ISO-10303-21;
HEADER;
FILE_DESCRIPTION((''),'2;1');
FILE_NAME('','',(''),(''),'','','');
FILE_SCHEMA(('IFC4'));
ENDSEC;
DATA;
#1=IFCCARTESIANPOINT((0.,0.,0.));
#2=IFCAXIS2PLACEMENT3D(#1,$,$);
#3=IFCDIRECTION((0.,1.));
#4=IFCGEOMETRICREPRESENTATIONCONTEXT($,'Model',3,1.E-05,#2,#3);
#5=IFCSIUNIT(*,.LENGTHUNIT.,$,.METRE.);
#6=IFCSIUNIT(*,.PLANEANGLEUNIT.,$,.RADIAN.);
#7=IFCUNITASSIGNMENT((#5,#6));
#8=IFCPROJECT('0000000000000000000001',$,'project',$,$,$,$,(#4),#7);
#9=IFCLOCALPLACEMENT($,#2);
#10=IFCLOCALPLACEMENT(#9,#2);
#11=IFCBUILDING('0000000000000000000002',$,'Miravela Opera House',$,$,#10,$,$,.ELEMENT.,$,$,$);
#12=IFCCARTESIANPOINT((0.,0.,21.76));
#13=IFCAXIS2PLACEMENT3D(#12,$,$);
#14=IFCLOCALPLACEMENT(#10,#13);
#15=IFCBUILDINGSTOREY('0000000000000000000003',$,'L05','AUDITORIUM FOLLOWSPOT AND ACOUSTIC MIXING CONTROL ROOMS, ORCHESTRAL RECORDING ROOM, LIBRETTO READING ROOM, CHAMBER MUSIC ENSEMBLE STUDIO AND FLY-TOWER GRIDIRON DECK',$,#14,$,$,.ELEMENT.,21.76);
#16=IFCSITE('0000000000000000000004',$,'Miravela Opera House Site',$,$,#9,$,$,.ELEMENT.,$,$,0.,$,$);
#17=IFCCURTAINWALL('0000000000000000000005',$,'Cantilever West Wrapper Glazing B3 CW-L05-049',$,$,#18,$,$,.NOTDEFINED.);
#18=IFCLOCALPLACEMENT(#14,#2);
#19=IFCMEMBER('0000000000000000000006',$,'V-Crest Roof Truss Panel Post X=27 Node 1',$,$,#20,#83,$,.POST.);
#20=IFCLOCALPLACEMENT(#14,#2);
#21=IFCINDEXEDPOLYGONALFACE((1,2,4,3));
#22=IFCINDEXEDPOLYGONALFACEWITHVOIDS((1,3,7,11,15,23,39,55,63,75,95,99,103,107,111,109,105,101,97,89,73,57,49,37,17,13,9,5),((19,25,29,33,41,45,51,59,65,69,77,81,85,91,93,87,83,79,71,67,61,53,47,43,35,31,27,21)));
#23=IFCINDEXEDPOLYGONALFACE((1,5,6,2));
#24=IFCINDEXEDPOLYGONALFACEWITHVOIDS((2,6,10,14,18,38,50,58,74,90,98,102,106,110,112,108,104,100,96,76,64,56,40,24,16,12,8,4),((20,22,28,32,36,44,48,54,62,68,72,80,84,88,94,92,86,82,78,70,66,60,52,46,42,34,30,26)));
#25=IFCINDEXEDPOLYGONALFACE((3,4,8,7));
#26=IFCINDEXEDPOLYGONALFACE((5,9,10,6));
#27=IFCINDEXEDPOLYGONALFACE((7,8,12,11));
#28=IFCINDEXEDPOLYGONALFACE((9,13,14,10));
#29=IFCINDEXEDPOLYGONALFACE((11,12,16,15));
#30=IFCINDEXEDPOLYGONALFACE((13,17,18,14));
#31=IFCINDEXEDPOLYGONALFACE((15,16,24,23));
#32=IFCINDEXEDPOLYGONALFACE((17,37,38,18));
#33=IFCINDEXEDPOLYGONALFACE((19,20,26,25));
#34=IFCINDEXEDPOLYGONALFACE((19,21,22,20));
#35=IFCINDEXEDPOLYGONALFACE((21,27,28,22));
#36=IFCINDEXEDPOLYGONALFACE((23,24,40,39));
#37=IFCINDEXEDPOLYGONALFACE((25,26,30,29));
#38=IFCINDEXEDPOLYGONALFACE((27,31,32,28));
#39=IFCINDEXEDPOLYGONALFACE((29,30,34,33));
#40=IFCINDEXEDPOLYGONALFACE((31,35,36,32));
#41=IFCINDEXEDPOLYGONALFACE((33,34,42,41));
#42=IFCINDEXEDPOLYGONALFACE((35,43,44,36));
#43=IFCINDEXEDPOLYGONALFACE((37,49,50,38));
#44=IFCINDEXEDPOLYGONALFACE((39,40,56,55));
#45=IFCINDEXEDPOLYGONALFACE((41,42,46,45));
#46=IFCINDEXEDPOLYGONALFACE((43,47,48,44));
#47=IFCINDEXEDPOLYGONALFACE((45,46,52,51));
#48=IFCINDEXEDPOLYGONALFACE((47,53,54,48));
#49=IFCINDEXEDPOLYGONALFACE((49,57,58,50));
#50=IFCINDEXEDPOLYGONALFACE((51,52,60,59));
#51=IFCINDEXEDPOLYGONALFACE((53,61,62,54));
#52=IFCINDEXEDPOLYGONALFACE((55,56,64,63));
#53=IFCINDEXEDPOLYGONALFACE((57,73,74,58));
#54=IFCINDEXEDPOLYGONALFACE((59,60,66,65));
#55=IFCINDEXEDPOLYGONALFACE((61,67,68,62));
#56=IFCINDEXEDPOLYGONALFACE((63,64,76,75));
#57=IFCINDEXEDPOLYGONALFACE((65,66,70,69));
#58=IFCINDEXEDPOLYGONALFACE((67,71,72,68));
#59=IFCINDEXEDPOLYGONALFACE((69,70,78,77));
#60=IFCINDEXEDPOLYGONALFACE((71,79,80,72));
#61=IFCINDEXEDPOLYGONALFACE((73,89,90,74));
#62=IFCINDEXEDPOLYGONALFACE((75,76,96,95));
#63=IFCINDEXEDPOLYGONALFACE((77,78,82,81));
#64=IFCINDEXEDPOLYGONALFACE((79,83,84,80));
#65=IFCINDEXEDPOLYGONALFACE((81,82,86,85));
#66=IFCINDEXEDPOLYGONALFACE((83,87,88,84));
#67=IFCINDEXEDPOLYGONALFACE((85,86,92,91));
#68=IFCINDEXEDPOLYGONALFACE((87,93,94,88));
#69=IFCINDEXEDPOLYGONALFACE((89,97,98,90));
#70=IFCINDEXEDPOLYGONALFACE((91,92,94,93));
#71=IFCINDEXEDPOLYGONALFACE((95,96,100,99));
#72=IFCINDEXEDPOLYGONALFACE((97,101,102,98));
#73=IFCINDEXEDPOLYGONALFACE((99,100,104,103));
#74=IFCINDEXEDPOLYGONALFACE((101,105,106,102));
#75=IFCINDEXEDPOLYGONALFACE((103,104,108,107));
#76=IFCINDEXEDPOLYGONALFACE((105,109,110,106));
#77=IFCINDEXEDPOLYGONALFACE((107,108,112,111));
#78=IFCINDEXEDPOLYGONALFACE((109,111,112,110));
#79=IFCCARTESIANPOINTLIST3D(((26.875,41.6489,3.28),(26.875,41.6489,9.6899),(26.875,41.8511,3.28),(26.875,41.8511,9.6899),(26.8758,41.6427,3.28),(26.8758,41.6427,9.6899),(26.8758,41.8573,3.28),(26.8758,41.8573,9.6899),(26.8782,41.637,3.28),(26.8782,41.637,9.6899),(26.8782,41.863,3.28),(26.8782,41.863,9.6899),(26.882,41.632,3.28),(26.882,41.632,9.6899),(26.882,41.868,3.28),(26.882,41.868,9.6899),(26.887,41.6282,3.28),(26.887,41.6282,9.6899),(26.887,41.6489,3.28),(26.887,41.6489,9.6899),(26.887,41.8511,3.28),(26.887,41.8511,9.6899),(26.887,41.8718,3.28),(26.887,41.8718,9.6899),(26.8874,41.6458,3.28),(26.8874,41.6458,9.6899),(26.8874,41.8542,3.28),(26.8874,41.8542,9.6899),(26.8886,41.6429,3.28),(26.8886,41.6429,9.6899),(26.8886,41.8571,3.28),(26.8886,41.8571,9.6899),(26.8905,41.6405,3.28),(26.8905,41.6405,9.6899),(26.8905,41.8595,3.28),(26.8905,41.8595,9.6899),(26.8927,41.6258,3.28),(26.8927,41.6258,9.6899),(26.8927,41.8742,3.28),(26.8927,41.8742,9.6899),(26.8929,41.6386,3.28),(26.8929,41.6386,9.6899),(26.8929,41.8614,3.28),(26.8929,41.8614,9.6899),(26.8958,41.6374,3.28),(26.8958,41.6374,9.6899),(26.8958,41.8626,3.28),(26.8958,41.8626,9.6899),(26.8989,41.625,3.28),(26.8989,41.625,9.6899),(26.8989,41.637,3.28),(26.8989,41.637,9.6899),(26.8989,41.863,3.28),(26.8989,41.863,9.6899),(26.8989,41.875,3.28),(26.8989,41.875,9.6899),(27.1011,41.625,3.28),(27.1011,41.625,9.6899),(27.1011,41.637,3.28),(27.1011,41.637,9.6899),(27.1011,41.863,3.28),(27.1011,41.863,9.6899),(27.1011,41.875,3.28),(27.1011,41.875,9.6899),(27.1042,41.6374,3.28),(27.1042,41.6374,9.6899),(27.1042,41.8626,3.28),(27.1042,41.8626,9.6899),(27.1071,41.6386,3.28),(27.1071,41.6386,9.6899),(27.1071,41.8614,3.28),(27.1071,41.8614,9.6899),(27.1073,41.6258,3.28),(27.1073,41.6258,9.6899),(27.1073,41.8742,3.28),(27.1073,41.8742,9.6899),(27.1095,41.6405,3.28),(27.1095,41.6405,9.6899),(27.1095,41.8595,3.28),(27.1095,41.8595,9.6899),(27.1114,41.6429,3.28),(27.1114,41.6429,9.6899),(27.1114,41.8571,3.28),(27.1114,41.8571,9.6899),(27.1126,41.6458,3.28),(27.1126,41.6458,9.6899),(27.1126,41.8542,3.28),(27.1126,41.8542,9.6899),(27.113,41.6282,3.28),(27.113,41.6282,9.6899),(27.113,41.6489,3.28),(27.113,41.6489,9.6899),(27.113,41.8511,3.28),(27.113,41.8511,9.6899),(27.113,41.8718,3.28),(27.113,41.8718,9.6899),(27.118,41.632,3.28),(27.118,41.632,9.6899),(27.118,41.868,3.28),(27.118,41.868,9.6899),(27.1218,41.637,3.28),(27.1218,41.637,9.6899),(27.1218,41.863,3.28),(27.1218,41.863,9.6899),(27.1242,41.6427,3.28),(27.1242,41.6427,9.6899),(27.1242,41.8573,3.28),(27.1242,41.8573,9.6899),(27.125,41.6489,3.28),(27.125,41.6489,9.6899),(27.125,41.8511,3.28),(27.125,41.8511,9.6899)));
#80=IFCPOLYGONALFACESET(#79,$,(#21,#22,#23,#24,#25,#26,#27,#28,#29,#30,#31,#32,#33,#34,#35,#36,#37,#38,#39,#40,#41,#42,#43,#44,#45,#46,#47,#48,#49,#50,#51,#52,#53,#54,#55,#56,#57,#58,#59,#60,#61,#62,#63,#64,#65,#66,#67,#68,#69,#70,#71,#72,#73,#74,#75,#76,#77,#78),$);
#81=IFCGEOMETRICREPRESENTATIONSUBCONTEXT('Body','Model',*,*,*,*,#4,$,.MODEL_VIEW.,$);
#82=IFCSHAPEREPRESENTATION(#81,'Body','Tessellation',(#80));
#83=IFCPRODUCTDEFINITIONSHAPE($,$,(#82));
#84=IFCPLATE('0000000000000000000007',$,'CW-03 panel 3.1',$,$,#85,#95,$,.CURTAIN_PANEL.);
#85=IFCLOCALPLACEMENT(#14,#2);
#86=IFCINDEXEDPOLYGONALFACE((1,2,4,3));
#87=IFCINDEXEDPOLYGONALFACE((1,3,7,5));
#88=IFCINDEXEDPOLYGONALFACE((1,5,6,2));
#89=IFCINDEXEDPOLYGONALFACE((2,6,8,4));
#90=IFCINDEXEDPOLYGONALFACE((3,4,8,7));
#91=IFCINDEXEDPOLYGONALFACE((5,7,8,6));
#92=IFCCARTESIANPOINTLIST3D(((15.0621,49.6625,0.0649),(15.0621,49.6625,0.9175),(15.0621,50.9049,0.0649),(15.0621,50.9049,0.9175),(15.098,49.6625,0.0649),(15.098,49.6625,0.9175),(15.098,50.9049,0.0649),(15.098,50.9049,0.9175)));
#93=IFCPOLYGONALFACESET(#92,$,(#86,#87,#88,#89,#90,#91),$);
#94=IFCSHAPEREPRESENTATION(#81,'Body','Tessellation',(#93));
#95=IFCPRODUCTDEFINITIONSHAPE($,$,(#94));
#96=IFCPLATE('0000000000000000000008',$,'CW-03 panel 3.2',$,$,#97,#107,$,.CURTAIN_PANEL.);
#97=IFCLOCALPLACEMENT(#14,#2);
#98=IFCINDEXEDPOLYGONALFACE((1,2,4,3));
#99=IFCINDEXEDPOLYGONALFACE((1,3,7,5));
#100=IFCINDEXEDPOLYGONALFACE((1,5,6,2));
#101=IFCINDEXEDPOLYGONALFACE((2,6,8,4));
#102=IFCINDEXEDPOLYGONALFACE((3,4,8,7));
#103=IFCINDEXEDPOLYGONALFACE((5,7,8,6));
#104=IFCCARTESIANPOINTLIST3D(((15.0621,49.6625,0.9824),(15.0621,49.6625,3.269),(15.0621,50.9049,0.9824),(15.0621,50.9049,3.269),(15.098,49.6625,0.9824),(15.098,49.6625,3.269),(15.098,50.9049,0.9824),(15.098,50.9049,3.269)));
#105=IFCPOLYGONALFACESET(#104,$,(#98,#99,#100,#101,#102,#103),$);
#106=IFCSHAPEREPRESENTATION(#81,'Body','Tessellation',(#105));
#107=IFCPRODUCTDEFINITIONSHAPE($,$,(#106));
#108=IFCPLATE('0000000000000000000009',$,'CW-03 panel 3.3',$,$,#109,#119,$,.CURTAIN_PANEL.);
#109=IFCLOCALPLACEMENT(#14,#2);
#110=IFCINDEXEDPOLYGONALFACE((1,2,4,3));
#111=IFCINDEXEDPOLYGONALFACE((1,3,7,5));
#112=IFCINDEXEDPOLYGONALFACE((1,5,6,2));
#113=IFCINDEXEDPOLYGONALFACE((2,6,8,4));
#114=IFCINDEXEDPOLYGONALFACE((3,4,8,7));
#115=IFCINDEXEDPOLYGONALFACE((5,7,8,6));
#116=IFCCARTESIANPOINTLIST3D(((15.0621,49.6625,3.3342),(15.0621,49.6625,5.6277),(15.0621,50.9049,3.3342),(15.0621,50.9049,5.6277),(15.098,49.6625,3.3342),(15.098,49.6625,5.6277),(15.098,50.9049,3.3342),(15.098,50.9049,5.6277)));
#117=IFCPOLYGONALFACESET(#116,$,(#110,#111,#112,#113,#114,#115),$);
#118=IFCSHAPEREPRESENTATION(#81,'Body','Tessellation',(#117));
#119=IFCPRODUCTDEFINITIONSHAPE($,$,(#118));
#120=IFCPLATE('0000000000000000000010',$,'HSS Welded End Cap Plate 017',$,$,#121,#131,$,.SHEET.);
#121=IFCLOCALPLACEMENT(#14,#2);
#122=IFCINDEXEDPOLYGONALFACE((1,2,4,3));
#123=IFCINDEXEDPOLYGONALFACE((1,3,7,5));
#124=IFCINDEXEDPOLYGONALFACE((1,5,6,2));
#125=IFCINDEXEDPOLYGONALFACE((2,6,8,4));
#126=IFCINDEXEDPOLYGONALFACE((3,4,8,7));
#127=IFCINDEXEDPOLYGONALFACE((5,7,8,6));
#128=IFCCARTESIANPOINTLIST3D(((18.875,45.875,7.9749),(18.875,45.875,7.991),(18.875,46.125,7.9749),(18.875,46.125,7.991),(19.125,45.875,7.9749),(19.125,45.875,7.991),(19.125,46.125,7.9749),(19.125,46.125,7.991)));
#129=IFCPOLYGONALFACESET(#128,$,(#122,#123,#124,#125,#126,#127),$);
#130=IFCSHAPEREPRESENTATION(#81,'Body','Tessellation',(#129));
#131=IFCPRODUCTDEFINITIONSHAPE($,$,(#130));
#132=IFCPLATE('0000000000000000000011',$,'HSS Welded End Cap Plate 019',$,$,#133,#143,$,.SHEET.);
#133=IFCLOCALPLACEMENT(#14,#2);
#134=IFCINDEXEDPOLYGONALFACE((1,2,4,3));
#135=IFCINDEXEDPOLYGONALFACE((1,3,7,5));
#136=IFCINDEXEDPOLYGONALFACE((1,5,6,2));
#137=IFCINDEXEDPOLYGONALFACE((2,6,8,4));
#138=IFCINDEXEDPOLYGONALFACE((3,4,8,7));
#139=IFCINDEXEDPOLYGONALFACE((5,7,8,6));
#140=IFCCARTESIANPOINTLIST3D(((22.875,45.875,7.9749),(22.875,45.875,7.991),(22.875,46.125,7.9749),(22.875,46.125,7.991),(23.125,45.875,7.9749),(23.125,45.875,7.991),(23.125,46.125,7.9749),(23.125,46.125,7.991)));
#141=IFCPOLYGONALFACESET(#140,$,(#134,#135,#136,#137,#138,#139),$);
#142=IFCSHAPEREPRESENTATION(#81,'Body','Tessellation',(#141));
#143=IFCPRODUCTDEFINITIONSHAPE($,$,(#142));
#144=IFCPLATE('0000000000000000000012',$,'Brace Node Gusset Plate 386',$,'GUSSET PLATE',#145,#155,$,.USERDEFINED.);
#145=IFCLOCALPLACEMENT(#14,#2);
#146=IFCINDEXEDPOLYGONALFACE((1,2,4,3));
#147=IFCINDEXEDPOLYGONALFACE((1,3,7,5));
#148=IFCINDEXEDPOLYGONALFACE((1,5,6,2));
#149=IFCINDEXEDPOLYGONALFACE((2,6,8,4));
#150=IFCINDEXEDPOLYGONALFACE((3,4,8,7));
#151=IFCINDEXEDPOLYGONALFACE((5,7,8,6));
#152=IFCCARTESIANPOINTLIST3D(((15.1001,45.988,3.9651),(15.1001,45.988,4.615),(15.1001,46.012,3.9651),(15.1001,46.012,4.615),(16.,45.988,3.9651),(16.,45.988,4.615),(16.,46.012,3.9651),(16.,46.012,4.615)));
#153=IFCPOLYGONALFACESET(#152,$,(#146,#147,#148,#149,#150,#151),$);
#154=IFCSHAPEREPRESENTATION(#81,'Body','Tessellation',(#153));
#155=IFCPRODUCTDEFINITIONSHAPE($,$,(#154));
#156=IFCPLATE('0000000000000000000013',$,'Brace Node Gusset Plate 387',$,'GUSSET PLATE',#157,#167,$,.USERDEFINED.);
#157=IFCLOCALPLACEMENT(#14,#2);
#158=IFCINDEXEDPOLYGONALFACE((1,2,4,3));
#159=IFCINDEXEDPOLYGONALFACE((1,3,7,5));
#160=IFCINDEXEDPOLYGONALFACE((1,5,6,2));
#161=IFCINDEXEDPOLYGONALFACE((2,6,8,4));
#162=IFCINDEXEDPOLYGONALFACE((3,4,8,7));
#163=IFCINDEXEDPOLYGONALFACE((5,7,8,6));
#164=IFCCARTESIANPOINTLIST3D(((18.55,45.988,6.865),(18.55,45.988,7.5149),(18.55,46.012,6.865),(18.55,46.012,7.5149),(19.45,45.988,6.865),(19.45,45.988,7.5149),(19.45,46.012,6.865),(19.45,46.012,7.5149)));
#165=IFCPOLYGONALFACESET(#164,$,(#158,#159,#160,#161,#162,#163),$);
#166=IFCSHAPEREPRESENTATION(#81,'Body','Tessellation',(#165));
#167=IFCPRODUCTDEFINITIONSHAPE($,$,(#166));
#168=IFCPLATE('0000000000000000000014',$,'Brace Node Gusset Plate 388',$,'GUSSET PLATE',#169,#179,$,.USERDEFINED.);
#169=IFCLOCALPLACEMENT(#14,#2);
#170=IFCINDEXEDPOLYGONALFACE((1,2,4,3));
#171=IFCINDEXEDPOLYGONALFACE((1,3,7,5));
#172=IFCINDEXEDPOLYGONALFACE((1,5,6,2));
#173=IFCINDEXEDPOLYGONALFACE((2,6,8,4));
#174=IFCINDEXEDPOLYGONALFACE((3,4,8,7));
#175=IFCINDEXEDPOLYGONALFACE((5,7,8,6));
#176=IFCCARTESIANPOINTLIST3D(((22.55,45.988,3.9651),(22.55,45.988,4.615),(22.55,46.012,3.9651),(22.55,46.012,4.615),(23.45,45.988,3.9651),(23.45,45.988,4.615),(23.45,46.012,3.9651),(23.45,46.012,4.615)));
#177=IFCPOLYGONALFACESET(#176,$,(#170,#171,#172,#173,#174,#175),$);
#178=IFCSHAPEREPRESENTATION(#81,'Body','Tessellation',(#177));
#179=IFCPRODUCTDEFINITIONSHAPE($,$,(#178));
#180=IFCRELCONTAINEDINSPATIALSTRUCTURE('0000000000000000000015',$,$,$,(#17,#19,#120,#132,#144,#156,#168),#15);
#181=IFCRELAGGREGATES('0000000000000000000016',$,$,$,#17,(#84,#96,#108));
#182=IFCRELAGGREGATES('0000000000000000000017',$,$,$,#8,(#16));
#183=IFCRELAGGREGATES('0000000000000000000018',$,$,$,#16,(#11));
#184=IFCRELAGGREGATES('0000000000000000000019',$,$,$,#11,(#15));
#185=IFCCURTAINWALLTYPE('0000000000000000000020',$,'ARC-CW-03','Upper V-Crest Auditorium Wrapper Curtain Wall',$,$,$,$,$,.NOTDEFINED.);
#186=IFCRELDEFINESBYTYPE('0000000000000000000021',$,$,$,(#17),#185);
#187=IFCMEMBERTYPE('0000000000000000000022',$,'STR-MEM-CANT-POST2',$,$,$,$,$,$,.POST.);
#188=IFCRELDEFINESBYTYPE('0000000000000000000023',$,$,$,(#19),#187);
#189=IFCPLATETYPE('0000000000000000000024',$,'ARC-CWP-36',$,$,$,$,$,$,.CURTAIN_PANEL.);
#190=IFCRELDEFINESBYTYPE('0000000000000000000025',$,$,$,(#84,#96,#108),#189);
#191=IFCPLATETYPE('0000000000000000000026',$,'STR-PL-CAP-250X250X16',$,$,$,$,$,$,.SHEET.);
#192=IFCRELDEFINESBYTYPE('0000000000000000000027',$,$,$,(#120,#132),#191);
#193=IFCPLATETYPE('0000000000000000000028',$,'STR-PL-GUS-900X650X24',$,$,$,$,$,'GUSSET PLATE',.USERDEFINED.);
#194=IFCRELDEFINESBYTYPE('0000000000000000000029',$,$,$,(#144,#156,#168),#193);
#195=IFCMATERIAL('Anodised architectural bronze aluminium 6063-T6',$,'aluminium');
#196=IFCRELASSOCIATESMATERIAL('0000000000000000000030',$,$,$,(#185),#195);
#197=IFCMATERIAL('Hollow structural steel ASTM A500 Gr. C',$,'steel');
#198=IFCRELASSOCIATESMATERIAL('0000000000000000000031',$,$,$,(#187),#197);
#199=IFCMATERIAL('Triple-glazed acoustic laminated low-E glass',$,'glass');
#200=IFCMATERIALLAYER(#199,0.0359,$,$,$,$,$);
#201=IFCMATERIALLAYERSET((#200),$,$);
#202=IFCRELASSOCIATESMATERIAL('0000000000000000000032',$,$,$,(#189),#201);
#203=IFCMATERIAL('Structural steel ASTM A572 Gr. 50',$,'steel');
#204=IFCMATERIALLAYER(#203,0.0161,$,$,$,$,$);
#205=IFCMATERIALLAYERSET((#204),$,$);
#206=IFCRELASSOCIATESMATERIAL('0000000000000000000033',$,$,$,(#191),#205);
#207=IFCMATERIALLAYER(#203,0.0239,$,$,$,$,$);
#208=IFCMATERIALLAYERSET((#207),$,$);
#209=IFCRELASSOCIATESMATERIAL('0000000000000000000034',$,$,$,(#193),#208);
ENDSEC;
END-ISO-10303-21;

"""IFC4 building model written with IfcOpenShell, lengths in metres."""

from ifc_helpers import new_model, si_unit, direction, frame, origin, origin_2d, place, context, subcontext, project, spatial, rectangle, hollow_rectangle, extrude, material, layer, layer_set, material_profile, profile_set, type_object, element, aggregate, save


model = new_model("IFC4")

# Units and contexts
model_context = context("Model", 3, precision=1e-05, world=origin(), true_north=direction((0.0, 1.0)))
body_context = subcontext(model_context, "Body", "Model", "MODEL_VIEW")
ifc_project = project(units=[si_unit("LENGTHUNIT", "METRE"), si_unit("PLANEANGLEUNIT", "RADIAN")], contexts=[model_context])

# Site, building, storey
site_placement = place(None, origin())
site = spatial("IfcSite", under=ifc_project, at=site_placement, Name="Miravela Opera House Site", CompositionType="ELEMENT", RefElevation=0.0)
building_placement = place(site_placement, origin())
building = spatial("IfcBuilding", under=site, at=building_placement, Name="Miravela Opera House", CompositionType="ELEMENT")
storey_placement = place(building_placement, frame((0.0, 0.0, 21.76)))
storey = spatial("IfcBuildingStorey", under=building, at=storey_placement, Name="L05", Description="AUDITORIUM FOLLOWSPOT AND ACOUSTIC MIXING CONTROL ROOMS, ORCHESTRAL RECORDING ROOM, LIBRETTO READING ROOM, CHAMBER MUSIC ENSEMBLE STUDIO AND FLY-TOWER GRIDIRON DECK", CompositionType="ELEMENT", Elevation=21.76)

# Curtain wall
ifc_material_1 = material(Name="Anodised architectural bronze aluminium 6063-T6", Category="aluminium")
curtain_wall_type = type_object("IfcCurtainWallType", Name="ARC-CW-03", Description="Upper V-Crest Auditorium Wrapper Curtain Wall", PredefinedType="NOTDEFINED", material=ifc_material_1)
curtain_wall_1_placement = place(storey_placement, origin())
curtain_wall_1 = element("IfcCurtainWall", 1, at=curtain_wall_1_placement, inside=storey, type_object=curtain_wall_type, Name="Cantilever West Wrapper Glazing B3 CW-L05-049", PredefinedType="NOTDEFINED")

# Member
ifc_material_2 = material(Name="Hollow structural steel ASTM A500 Gr. C", Category="steel")
ifc_material_profile_1 = material_profile(ifc_material_2, hollow_rectangle(XDim=0.25, YDim=0.25, WallThickness=0.012, InnerFilletRadius=0.012, OuterFilletRadius=0.0239, at=origin_2d()), Name="HSS250X250X12")
ifc_profile_set_1 = profile_set([ifc_material_profile_1])
member_type_1 = type_object("IfcMemberType", Name="STR-MEM-CANT-POST2", PredefinedType="POST", material=ifc_profile_set_1)
member_1_placement = place(storey_placement, frame((27.0, 41.75, 3.28), z_axis=(0.0, 0.0, 1.0), x_axis=(1.0, 0.0, 0.0)))
element("IfcMember", 2, at=member_1_placement, inside=storey, type_object=member_type_1, Name="V-Crest Roof Truss Panel Post X=27 Node 1", PredefinedType="POST", context=body_context, shape_type="SweptSolid", body=[
    extrude(hollow_rectangle(XDim=0.25, YDim=0.25, WallThickness=0.012, InnerFilletRadius=0.012, OuterFilletRadius=0.0239, at=origin_2d()), origin(), (0.0, 0.0, 1.0), 6.4099),
])

# Plates
ifc_material_3 = material(Name="Triple-glazed acoustic laminated low-E glass", Category="glass")
ifc_layer_1 = layer(ifc_material_3, 0.0359)
ifc_layer_set_1 = layer_set([ifc_layer_1])
plate_type_1 = type_object("IfcPlateType", Name="ARC-CWP-36", PredefinedType="CURTAIN_PANEL", material=ifc_layer_set_1)
plate_1_placement = place(storey_placement, frame((15.0801, 50.2837, 0.0649), z_axis=(0.0, 0.0, 1.0), x_axis=(0.0, 1.0, 0.0)))
plate_1 = element("IfcPlate", 3, at=plate_1_placement, type_object=plate_type_1, Name="CW-03 panel 3.1", PredefinedType="CURTAIN_PANEL", context=body_context, shape_type="SweptSolid", body=[
    extrude(rectangle(XDim=1.2424, YDim=0.0359, at=origin_2d()), origin(), (0.0, 0.0, 1.0), 0.8525),
])
plate_2_placement = place(storey_placement, frame((15.0801, 50.2837, 0.9824), z_axis=(0.0, 0.0, 1.0), x_axis=(0.0, 1.0, 0.0)))
plate_2 = element("IfcPlate", 4, at=plate_2_placement, type_object=plate_type_1, Name="CW-03 panel 3.2", PredefinedType="CURTAIN_PANEL", context=body_context, shape_type="SweptSolid", body=[
    extrude(rectangle(XDim=1.2424, YDim=0.0359, at=origin_2d()), origin(), (0.0, 0.0, 1.0), 2.2866),
])
plate_3_placement = place(storey_placement, frame((15.0801, 50.2837, 3.3342), z_axis=(0.0, 0.0, 1.0), x_axis=(0.0, 1.0, 0.0)))
plate_3 = element("IfcPlate", 5, at=plate_3_placement, type_object=plate_type_1, Name="CW-03 panel 3.3", PredefinedType="CURTAIN_PANEL", context=body_context, shape_type="SweptSolid", body=[
    extrude(rectangle(XDim=1.2424, YDim=0.0359, at=origin_2d()), origin(), (0.0, 0.0, 1.0), 2.2935),
])
aggregate(curtain_wall_1, [plate_1, plate_2, plate_3])

# Plates
ifc_material_4 = material(Name="Structural steel ASTM A572 Gr. 50", Category="steel")
ifc_layer_2 = layer(ifc_material_4, 0.0161)
ifc_layer_set_2 = layer_set([ifc_layer_2])
plate_type_2 = type_object("IfcPlateType", Name="STR-PL-CAP-250X250X16", PredefinedType="SHEET", material=ifc_layer_set_2)
for number, where, z_axis, x_axis, name in (
    (6, (19.0, 46.0, 7.9749), (0.0, 0.0, 1.0), (1.0, 0.0, 0.0), "HSS Welded End Cap Plate 017"),
    (7, (23.0, 46.0, 7.9749), (0.0, 0.0, 1.0), (1.0, 0.0, 0.0), "HSS Welded End Cap Plate 019"),
):
    element("IfcPlate", number, at=place(storey_placement, frame(where, z_axis=z_axis, x_axis=x_axis)), inside=storey, type_object=plate_type_2, Name=name, PredefinedType="SHEET", context=body_context, shape_type="SweptSolid", body=[
        extrude(rectangle(XDim=0.25, YDim=0.25, at=origin_2d()), origin(), (0.0, 0.0, 1.0), 0.0161),
    ])
ifc_layer_3 = layer(ifc_material_4, 0.0239)
ifc_layer_set_3 = layer_set([ifc_layer_3])
plate_type_3 = type_object("IfcPlateType", Name="STR-PL-GUS-900X650X24", ElementType="GUSSET PLATE", PredefinedType="USERDEFINED", material=ifc_layer_set_3)
for number, where, z_axis, x_axis, name in (
    (8, (15.55, 46.0, 3.9651), (0.0, 0.0, 1.0), (1.0, 0.0, 0.0), "Brace Node Gusset Plate 386"),
    (9, (19.0, 46.0, 6.865), (0.0, 0.0, 1.0), (1.0, 0.0, 0.0), "Brace Node Gusset Plate 387"),
    (10, (23.0, 46.0, 3.9651), (0.0, 0.0, 1.0), (1.0, 0.0, 0.0), "Brace Node Gusset Plate 388"),
):
    element("IfcPlate", number, at=place(storey_placement, frame(where, z_axis=z_axis, x_axis=x_axis)), inside=storey, type_object=plate_type_3, Name=name, ObjectType="GUSSET PLATE", PredefinedType="USERDEFINED", context=body_context, shape_type="SweptSolid", body=[
        extrude(rectangle(XDim=0.8999, YDim=0.0239, at=origin_2d()), origin(), (0.0, 0.0, 1.0), 0.6499),
    ])

save(model, "model.ifc")
